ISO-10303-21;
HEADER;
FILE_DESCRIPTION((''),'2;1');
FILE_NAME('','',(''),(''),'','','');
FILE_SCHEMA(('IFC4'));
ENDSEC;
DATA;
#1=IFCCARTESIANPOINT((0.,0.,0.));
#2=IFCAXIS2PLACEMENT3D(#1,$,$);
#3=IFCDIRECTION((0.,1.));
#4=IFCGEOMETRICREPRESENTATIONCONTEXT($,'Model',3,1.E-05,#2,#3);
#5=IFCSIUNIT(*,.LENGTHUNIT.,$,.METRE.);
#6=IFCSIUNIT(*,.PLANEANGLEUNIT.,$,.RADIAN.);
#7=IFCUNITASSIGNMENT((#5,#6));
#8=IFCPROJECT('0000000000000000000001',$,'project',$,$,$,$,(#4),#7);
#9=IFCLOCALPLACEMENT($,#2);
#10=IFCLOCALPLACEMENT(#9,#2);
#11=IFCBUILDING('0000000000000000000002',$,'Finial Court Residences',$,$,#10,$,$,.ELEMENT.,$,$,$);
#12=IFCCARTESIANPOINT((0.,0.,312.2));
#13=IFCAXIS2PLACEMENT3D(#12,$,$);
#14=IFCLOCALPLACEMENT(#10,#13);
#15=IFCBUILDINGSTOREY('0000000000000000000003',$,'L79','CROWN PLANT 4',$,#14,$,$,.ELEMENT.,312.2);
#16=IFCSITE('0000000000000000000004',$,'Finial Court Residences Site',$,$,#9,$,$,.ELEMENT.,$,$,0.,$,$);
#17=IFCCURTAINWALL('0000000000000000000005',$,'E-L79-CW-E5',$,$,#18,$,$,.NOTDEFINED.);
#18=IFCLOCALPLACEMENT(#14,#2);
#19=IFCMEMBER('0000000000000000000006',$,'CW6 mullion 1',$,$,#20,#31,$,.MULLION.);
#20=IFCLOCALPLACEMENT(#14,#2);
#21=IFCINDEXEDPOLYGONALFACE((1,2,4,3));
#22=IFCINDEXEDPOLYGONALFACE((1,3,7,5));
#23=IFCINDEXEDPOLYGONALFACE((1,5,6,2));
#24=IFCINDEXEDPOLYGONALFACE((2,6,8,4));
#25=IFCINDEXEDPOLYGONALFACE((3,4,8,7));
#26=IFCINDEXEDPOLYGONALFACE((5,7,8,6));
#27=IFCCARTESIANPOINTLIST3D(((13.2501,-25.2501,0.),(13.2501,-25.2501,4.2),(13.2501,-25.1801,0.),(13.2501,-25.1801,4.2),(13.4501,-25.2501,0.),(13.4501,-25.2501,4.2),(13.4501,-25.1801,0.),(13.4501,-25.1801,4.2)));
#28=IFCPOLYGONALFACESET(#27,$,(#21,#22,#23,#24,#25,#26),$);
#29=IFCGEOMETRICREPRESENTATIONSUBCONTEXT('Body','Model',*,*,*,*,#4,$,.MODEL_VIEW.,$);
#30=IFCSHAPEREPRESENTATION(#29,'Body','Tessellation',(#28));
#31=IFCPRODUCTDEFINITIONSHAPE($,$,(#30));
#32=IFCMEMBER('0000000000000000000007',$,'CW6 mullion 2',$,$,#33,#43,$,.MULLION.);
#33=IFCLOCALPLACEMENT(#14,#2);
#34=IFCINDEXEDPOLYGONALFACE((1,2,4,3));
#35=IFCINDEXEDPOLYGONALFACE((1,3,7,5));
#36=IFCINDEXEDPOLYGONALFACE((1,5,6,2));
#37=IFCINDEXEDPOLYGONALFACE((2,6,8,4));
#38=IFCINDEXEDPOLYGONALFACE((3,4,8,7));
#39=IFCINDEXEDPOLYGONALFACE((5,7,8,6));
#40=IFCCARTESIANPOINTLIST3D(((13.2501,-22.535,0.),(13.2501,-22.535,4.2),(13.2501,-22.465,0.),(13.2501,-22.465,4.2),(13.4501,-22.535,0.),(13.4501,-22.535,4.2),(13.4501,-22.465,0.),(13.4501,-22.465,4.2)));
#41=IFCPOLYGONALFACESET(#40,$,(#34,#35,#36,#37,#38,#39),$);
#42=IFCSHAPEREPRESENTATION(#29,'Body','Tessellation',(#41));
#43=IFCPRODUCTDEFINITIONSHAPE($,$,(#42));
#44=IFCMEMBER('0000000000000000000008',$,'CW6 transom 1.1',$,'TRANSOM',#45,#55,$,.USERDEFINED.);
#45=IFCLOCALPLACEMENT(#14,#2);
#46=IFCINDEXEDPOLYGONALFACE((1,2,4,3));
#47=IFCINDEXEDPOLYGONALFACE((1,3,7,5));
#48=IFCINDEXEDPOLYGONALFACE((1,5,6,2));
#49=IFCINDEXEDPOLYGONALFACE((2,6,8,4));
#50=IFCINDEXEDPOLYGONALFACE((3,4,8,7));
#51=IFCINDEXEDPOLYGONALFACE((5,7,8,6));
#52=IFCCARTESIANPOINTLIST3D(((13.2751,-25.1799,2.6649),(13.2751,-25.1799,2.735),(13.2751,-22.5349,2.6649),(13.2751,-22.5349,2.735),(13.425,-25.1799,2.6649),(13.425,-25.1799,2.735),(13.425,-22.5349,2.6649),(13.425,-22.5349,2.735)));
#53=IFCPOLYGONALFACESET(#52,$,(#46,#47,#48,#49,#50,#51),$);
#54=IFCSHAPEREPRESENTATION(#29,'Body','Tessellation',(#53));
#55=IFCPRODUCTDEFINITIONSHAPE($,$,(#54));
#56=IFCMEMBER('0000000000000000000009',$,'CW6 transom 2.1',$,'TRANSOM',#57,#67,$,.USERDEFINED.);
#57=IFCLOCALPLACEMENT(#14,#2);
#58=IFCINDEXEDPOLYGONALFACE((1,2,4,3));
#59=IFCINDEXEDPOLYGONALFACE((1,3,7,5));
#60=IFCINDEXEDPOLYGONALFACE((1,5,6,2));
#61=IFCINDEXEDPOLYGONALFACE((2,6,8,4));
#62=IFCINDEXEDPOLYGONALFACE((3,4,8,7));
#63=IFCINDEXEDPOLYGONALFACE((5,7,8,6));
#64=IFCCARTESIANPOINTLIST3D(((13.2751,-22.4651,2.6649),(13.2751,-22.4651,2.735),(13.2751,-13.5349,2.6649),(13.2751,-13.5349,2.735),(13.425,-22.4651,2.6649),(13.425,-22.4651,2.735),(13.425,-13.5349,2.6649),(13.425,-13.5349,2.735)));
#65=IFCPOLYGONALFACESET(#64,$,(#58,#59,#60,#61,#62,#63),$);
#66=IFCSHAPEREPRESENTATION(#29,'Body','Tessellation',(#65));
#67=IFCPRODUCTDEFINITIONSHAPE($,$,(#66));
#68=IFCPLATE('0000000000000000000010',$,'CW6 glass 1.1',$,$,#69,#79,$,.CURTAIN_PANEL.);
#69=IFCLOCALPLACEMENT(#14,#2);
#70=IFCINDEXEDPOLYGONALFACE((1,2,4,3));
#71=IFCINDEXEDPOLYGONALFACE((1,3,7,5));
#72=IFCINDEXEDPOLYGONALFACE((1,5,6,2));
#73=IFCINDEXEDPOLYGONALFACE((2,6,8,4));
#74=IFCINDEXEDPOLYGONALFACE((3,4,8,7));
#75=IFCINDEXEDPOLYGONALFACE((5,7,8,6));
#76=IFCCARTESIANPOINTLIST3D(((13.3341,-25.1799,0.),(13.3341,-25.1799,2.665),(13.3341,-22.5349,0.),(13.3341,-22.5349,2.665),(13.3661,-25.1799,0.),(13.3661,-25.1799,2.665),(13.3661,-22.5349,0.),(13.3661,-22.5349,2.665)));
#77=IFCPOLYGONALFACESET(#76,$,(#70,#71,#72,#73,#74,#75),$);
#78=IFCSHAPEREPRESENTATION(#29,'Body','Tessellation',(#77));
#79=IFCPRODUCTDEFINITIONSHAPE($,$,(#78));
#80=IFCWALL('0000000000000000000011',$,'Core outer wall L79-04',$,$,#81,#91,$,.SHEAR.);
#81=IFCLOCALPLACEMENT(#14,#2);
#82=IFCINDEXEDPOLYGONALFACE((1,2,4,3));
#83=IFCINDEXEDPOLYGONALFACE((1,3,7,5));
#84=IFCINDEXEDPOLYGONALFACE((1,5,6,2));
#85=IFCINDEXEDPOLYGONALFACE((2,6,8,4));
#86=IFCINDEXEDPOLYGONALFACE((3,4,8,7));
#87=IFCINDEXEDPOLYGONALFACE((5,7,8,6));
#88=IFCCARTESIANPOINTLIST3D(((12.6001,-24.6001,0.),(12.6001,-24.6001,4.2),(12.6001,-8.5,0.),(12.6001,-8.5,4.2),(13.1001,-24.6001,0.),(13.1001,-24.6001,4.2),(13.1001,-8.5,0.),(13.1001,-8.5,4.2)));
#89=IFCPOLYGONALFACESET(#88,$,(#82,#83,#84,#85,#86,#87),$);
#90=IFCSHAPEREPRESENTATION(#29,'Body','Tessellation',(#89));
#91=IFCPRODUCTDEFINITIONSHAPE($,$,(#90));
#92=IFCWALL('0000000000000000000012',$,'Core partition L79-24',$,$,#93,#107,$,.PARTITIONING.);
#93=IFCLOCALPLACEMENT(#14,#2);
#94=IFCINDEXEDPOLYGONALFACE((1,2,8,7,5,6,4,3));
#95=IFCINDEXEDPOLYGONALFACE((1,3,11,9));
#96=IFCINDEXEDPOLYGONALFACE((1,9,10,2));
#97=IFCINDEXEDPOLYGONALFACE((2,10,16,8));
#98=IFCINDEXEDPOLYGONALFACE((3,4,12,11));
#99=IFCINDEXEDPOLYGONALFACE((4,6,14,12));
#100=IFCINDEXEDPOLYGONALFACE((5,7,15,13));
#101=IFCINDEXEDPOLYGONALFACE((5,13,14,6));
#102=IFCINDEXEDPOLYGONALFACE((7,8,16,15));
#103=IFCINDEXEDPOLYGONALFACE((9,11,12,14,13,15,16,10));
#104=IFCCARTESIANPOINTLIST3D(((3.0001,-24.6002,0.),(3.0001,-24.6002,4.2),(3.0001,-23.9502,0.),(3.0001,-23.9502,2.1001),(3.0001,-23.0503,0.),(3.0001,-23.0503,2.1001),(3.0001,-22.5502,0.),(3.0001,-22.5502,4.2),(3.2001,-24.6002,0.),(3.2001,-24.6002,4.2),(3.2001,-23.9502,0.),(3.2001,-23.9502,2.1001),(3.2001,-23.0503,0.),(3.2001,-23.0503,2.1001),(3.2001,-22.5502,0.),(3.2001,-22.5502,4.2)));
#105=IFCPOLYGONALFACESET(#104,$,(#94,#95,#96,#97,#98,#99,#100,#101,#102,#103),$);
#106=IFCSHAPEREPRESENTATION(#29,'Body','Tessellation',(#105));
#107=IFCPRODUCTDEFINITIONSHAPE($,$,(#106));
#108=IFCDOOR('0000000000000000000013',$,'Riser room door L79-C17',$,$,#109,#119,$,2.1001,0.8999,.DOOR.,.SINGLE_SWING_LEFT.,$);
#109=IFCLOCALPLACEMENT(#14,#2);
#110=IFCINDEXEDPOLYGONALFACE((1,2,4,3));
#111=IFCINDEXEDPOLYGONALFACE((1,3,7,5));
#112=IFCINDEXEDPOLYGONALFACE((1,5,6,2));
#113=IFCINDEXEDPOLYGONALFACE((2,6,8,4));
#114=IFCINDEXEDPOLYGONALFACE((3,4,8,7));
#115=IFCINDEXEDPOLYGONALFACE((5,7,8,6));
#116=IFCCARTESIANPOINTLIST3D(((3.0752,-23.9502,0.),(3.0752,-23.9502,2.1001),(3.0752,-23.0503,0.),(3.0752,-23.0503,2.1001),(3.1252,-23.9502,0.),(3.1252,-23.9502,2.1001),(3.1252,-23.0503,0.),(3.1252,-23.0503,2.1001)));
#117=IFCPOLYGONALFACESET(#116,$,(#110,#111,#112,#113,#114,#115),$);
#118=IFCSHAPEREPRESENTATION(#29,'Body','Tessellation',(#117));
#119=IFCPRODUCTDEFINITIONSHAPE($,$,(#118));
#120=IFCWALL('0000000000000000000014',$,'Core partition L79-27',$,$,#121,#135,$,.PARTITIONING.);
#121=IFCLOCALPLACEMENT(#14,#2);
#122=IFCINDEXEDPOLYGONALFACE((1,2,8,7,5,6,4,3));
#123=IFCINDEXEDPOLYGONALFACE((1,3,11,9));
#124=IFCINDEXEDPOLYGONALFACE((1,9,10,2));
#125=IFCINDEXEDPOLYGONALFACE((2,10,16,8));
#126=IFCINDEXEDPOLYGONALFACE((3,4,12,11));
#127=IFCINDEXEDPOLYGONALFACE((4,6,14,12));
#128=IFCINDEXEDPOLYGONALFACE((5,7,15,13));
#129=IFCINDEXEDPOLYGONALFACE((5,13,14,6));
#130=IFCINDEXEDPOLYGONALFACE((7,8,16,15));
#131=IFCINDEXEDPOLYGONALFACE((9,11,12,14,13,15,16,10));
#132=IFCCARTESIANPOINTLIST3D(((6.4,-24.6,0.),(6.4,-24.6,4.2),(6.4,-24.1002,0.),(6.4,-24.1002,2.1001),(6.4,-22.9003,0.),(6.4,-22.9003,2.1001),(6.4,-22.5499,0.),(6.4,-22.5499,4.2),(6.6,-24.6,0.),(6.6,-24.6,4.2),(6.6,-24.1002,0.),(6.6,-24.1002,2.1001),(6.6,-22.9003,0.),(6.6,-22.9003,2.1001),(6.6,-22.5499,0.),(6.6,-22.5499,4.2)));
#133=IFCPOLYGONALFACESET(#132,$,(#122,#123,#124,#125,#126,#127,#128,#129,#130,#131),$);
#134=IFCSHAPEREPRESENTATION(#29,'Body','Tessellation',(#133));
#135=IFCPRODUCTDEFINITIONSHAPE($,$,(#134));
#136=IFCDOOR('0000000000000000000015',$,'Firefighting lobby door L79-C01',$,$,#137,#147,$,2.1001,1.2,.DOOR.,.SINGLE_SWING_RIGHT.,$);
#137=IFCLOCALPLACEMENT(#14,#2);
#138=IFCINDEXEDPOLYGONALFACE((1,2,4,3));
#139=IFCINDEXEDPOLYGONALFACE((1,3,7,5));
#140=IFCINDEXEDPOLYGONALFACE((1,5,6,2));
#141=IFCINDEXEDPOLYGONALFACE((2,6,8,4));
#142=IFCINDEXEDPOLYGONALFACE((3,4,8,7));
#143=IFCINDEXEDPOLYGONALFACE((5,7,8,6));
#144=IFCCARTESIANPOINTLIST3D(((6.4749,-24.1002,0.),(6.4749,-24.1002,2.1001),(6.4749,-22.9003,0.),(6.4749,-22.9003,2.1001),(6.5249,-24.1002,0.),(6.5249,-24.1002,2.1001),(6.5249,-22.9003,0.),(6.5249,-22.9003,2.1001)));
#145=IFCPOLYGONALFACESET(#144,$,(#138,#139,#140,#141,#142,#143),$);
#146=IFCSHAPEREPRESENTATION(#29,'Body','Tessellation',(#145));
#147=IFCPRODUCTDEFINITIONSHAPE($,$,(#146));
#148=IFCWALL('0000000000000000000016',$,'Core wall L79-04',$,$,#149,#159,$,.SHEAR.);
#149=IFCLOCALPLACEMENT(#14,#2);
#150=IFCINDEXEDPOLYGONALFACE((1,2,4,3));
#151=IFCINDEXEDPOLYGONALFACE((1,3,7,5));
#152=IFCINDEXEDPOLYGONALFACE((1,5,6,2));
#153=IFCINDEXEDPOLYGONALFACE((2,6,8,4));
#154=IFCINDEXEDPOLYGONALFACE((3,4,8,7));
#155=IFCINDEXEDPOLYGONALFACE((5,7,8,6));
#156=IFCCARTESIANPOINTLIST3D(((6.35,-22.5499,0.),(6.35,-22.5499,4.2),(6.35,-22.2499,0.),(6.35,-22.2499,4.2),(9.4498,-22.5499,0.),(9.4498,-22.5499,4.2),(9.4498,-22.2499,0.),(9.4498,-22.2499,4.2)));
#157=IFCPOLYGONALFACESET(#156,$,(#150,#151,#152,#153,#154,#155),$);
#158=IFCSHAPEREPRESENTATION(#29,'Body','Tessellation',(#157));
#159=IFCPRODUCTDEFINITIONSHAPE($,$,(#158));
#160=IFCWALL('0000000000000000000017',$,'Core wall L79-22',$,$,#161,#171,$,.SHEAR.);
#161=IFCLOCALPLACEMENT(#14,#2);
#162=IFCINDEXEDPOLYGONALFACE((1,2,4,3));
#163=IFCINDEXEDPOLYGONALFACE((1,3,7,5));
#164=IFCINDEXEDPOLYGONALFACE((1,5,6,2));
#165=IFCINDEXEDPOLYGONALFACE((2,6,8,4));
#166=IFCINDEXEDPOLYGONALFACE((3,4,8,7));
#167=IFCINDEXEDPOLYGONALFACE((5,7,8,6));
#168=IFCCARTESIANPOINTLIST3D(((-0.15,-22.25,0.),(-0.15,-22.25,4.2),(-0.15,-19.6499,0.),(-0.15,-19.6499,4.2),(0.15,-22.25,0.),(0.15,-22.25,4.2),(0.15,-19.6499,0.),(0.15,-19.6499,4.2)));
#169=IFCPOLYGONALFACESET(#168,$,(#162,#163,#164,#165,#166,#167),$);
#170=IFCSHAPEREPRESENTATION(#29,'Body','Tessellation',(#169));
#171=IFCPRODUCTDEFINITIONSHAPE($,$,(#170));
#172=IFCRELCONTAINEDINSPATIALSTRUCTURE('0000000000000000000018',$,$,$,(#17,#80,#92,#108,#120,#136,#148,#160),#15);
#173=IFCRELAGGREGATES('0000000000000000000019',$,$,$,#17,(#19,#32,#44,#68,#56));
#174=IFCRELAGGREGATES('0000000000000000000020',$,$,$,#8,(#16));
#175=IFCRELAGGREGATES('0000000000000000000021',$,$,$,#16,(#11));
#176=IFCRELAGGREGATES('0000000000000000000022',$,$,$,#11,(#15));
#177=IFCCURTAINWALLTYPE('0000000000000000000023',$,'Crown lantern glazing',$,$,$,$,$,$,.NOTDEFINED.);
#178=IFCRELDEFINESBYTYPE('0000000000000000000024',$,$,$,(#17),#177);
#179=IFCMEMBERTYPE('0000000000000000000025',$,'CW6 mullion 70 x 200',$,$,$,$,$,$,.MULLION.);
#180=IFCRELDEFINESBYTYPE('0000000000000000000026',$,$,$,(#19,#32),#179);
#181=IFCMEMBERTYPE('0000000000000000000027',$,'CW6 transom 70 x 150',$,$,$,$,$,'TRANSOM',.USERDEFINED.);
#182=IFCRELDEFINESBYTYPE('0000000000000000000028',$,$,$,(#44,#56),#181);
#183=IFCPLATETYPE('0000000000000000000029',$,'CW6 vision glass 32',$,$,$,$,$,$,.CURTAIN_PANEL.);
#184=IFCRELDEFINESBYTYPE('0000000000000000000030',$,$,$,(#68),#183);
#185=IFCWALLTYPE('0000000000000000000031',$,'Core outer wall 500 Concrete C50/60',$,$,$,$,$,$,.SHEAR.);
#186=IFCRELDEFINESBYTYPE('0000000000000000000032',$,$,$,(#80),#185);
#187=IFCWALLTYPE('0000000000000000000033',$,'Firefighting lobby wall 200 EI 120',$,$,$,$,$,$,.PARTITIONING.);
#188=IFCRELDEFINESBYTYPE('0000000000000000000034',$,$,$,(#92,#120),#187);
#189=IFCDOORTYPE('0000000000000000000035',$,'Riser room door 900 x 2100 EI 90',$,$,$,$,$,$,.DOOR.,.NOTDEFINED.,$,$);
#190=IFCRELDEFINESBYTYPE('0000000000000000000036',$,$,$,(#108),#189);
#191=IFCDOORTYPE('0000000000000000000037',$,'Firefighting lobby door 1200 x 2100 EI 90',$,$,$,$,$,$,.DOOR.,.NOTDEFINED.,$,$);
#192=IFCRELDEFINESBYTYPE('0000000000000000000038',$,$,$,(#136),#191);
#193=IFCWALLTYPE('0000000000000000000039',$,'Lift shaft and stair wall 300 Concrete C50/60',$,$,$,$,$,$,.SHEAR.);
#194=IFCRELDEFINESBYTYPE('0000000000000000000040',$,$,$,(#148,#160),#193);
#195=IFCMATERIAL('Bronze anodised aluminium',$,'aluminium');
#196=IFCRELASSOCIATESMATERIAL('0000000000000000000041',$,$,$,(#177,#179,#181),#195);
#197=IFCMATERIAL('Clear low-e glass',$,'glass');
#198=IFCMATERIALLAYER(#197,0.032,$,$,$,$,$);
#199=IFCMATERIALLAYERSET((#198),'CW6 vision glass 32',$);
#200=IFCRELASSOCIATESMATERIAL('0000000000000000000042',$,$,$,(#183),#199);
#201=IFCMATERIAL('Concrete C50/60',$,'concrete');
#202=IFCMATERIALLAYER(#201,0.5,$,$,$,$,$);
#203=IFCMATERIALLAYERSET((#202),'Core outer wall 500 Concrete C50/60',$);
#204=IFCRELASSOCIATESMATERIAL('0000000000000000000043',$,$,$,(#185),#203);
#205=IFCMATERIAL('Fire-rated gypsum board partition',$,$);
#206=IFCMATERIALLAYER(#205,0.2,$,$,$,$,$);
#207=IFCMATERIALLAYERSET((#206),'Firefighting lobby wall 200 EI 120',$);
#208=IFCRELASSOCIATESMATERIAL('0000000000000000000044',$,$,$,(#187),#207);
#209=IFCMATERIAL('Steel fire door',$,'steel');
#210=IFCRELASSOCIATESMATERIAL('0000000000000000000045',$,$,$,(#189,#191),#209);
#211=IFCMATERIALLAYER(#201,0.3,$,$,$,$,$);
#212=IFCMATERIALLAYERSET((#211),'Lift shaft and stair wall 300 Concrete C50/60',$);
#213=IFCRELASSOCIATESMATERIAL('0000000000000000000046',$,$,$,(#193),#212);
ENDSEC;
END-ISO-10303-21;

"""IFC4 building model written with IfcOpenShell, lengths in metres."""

from ifc_helpers import new_model, si_unit, direction, frame, frame_2d, origin, origin_2d, place, context, subcontext, project, spatial, rectangle, extrude, material, layer, layer_set, material_profile, profile_set, type_object, element, fill, aggregate, save


model = new_model("IFC4")

# Units and contexts
model_context = context("Model", 3, precision=1e-05, world=origin(), true_north=direction((0.0, 1.0)))
body_context = subcontext(model_context, "Body", "Model", "MODEL_VIEW")
ifc_project = project(units=[si_unit("LENGTHUNIT", "METRE"), si_unit("PLANEANGLEUNIT", "RADIAN")], contexts=[model_context])

# Site, building, storey
site_placement = place(None, origin())
site = spatial("IfcSite", under=ifc_project, at=site_placement, Name="Finial Court Residences Site", CompositionType="ELEMENT", RefElevation=0.0)
building_placement = place(site_placement, origin())
building = spatial("IfcBuilding", under=site, at=building_placement, Name="Finial Court Residences", CompositionType="ELEMENT")
storey_placement = place(building_placement, frame((0.0, 0.0, 312.2)))
storey = spatial("IfcBuildingStorey", under=building, at=storey_placement, Name="L79", Description="CROWN PLANT 4", CompositionType="ELEMENT", Elevation=312.2)

# Curtain wall, members, plate
ifc_material_1 = material(Name="Bronze anodised aluminium", Category="aluminium")
curtain_wall_type = type_object("IfcCurtainWallType", Name="Crown lantern glazing", PredefinedType="NOTDEFINED", material=ifc_material_1)
curtain_wall_placement = place(storey_placement, origin())
curtain_wall = element("IfcCurtainWall", 1, at=curtain_wall_placement, inside=storey, type_object=curtain_wall_type, Name="E-L79-CW-E5", PredefinedType="NOTDEFINED")
ifc_material_profile_1 = material_profile(ifc_material_1, rectangle(XDim=0.2, YDim=0.0701, at=origin_2d()), Name="CW6 mullion 70 x 200")
ifc_profile_set_1 = profile_set([ifc_material_profile_1], Name="Bronze anodised aluminium")
member_type_1 = type_object("IfcMemberType", Name="CW6 mullion 70 x 200", PredefinedType="MULLION", material=ifc_profile_set_1)
member_1_placement = place(storey_placement, frame((13.3501, -25.2151, 0.0), z_axis=(0.0, 0.0, 1.0), x_axis=(-1.0, 0.0, 0.0)))
member_1 = element("IfcMember", 2, at=member_1_placement, type_object=member_type_1, Name="CW6 mullion 1", PredefinedType="MULLION", context=body_context, shape_type="SweptSolid", body=[
    extrude(rectangle(XDim=0.2, YDim=0.0701, at=origin_2d()), origin(), (0.0, 0.0, 1.0), 4.2),
])
member_2_placement = place(storey_placement, frame((13.3501, -22.5, 0.0), z_axis=(0.0, 0.0, 1.0), x_axis=(-1.0, 0.0, 0.0)))
member_2 = element("IfcMember", 3, at=member_2_placement, type_object=member_type_1, Name="CW6 mullion 2", PredefinedType="MULLION", context=body_context, shape_type="SweptSolid", body=[
    extrude(rectangle(XDim=0.2, YDim=0.0701, at=origin_2d()), origin(), (0.0, 0.0, 1.0), 4.2),
])
ifc_material_profile_2 = material_profile(ifc_material_1, rectangle(XDim=0.1499, YDim=0.0701, at=origin_2d()), Name="CW6 transom 70 x 150")
ifc_profile_set_2 = profile_set([ifc_material_profile_2], Name="Bronze anodised aluminium")
member_type_2 = type_object("IfcMemberType", Name="CW6 transom 70 x 150", ElementType="TRANSOM", PredefinedType="USERDEFINED", material=ifc_profile_set_2)
member_3_placement = place(storey_placement, frame((13.3501, -25.1799, 2.7), z_axis=(0.0, 1.0, 0.0), x_axis=(-1.0, 0.0, 0.0)))
member_3 = element("IfcMember", 4, at=member_3_placement, type_object=member_type_2, Name="CW6 transom 1.1", ObjectType="TRANSOM", PredefinedType="USERDEFINED", context=body_context, shape_type="SweptSolid", body=[
    extrude(rectangle(XDim=0.1499, YDim=0.0701, at=origin_2d()), origin(), (0.0, 0.0, 1.0), 2.645),
])
member_4_placement = place(storey_placement, frame((13.3501, -22.4651, 2.7), z_axis=(0.0, 1.0, 0.0), x_axis=(-1.0, 0.0, 0.0)))
member_4 = element("IfcMember", 5, at=member_4_placement, type_object=member_type_2, Name="CW6 transom 2.1", ObjectType="TRANSOM", PredefinedType="USERDEFINED", context=body_context, shape_type="SweptSolid", body=[
    extrude(rectangle(XDim=0.1499, YDim=0.0701, at=origin_2d()), origin(), (0.0, 0.0, 1.0), 8.9302),
])
ifc_material_2 = material(Name="Clear low-e glass", Category="glass")
ifc_layer_1 = layer(ifc_material_2, 0.032)
ifc_layer_set_1 = layer_set([ifc_layer_1], Name="CW6 vision glass 32")
plate_type = type_object("IfcPlateType", Name="CW6 vision glass 32", PredefinedType="CURTAIN_PANEL", material=ifc_layer_set_1)
plate_placement = place(storey_placement, frame((13.3501, -23.8574, 0.0), z_axis=(0.0, 0.0, 1.0), x_axis=(0.0, 1.0, 0.0)))
plate = element("IfcPlate", 6, at=plate_placement, type_object=plate_type, Name="CW6 glass 1.1", PredefinedType="CURTAIN_PANEL", context=body_context, shape_type="SweptSolid", body=[
    extrude(rectangle(XDim=2.645, YDim=0.032, at=origin_2d()), origin(), (0.0, 0.0, 1.0), 2.665),
])

# Wall
ifc_material_3 = material(Name="Concrete C50/60", Category="concrete")
ifc_layer_2 = layer(ifc_material_3, 0.5)
ifc_layer_set_2 = layer_set([ifc_layer_2], Name="Core outer wall 500 Concrete C50/60")
wall_type_1 = type_object("IfcWallType", Name="Core outer wall 500 Concrete C50/60", PredefinedType="SHEAR", material=ifc_layer_set_2)
wall_1_placement = place(storey_placement, frame((12.8501, -24.6001, 0.0), z_axis=(0.0, 0.0, 1.0), x_axis=(0.0, 1.0, 0.0)))
element("IfcWall", 7, at=wall_1_placement, inside=storey, type_object=wall_type_1, Name="Core outer wall L79-04", PredefinedType="SHEAR", context=body_context, shape_type="SweptSolid", body=[
    extrude(rectangle(XDim=16.1001, YDim=0.5, at=frame_2d((8.05, 0.0))), origin(), (0.0, 0.0, 1.0), 4.2),
])

# Walls, openings, doors
ifc_material_4 = material(Name="Fire-rated gypsum board partition")
ifc_layer_3 = layer(ifc_material_4, 0.2)
ifc_layer_set_3 = layer_set([ifc_layer_3], Name="Firefighting lobby wall 200 EI 120")
wall_type_2 = type_object("IfcWallType", Name="Firefighting lobby wall 200 EI 120", PredefinedType="PARTITIONING", material=ifc_layer_set_3)
wall_2_placement = place(storey_placement, frame((3.1001, -24.6001, 0.0), z_axis=(0.0, 0.0, 1.0), x_axis=(0.0, 1.0, 0.0)))
wall_2 = element("IfcWall", 8, at=wall_2_placement, inside=storey, type_object=wall_type_2, Name="Core partition L79-24", PredefinedType="PARTITIONING", context=body_context, shape_type="SweptSolid", body=[
    extrude(rectangle(XDim=2.05, YDim=0.2, at=frame_2d((1.0249, 0.0))), origin(), (0.0, 0.0, 1.0), 4.2),
])
opening_1_placement = place(wall_2_placement, frame((0.6499, 0.0, 0.0)))
opening_1 = element("IfcOpeningElement", 9, at=opening_1_placement, cuts=wall_2, PredefinedType="OPENING", context=body_context, shape_type="SweptSolid", body=[
    extrude(rectangle(XDim=0.8999, YDim=2.1001, at=frame_2d((0.45, 1.05))), frame((0.0, 0.1099, 0.0), z_axis=(0.0, -1.0, 0.0), x_axis=(1.0, 0.0, 0.0)), (0.0, 0.0, 1.0), 0.22),
])
ifc_material_5 = material(Name="Steel fire door", Category="steel")
door_type_1 = type_object("IfcDoorType", Name="Riser room door 900 x 2100 EI 90", OperationType="NOTDEFINED", PredefinedType="DOOR", material=ifc_material_5)
door_1_placement = place(opening_1_placement, origin())
door_1 = element("IfcDoor", 10, at=door_1_placement, inside=storey, type_object=door_type_1, Name="Riser room door L79-C17", OperationType="SINGLE_SWING_LEFT", OverallHeight=2.1001, OverallWidth=0.8999, PredefinedType="DOOR", context=body_context, shape_type="SweptSolid", body=[
    extrude(rectangle(XDim=0.8999, YDim=2.1001, at=frame_2d((0.45, 1.05))), frame((0.0, 0.0249, 0.0), z_axis=(0.0, -1.0, 0.0), x_axis=(1.0, 0.0, 0.0)), (0.0, 0.0, 1.0), 0.05),
])
fill(opening_1, door_1)
wall_3_placement = place(storey_placement, frame((6.5, -22.55, 0.0), z_axis=(0.0, 0.0, 1.0), x_axis=(0.0, -1.0, 0.0)))
wall_3 = element("IfcWall", 11, at=wall_3_placement, inside=storey, type_object=wall_type_2, Name="Core partition L79-27", PredefinedType="PARTITIONING", context=body_context, shape_type="SweptSolid", body=[
    extrude(rectangle(XDim=2.05, YDim=0.2, at=frame_2d((1.0249, 0.0))), origin(), (0.0, 0.0, 1.0), 4.2),
])
opening_2_placement = place(wall_3_placement, frame((0.3501, 0.0, 0.0)))
opening_2 = element("IfcOpeningElement", 12, at=opening_2_placement, cuts=wall_3, PredefinedType="OPENING", context=body_context, shape_type="SweptSolid", body=[
    extrude(rectangle(XDim=1.2, YDim=2.1001, at=frame_2d((0.6001, 1.05))), frame((0.0, 0.1099, 0.0), z_axis=(0.0, -1.0, 0.0), x_axis=(1.0, 0.0, 0.0)), (0.0, 0.0, 1.0), 0.22),
])
door_type_2 = type_object("IfcDoorType", Name="Firefighting lobby door 1200 x 2100 EI 90", OperationType="NOTDEFINED", PredefinedType="DOOR", material=ifc_material_5)
door_2_placement = place(opening_2_placement, origin())
door_2 = element("IfcDoor", 13, at=door_2_placement, inside=storey, type_object=door_type_2, Name="Firefighting lobby door L79-C01", OperationType="SINGLE_SWING_RIGHT", OverallHeight=2.1001, OverallWidth=1.2, PredefinedType="DOOR", context=body_context, shape_type="SweptSolid", body=[
    extrude(rectangle(XDim=1.2, YDim=2.1001, at=frame_2d((0.6001, 1.05))), frame((0.0, 0.0249, 0.0), z_axis=(0.0, -1.0, 0.0), x_axis=(1.0, 0.0, 0.0)), (0.0, 0.0, 1.0), 0.05),
])
fill(opening_2, door_2)

# Walls
ifc_layer_4 = layer(ifc_material_3, 0.3)
ifc_layer_set_4 = layer_set([ifc_layer_4], Name="Lift shaft and stair wall 300 Concrete C50/60")
wall_type_3 = type_object("IfcWallType", Name="Lift shaft and stair wall 300 Concrete C50/60", PredefinedType="SHEAR", material=ifc_layer_set_4)
wall_4_placement = place(storey_placement, frame((6.3501, -22.3999, 0.0), z_axis=(0.0, 0.0, 1.0), x_axis=(1.0, 0.0, 0.0)))
element("IfcWall", 14, at=wall_4_placement, inside=storey, type_object=wall_type_3, Name="Core wall L79-04", PredefinedType="SHEAR", context=body_context, shape_type="SweptSolid", body=[
    extrude(rectangle(XDim=3.0999, YDim=0.3, at=frame_2d((1.5498, 0.0))), origin(), (0.0, 0.0, 1.0), 4.2),
])
wall_5_placement = place(storey_placement, frame((0.0, -22.25, 0.0), z_axis=(0.0, 0.0, 1.0), x_axis=(0.0, 1.0, 0.0)))
element("IfcWall", 15, at=wall_5_placement, inside=storey, type_object=wall_type_3, Name="Core wall L79-22", PredefinedType="SHEAR", context=body_context, shape_type="SweptSolid", body=[
    extrude(rectangle(XDim=2.6001, YDim=0.3, at=frame_2d((1.3, 0.0))), origin(), (0.0, 0.0, 1.0), 4.2),
])

aggregate(curtain_wall, [member_1, member_2, member_3, plate, member_4])

save(model, "model.ifc")
